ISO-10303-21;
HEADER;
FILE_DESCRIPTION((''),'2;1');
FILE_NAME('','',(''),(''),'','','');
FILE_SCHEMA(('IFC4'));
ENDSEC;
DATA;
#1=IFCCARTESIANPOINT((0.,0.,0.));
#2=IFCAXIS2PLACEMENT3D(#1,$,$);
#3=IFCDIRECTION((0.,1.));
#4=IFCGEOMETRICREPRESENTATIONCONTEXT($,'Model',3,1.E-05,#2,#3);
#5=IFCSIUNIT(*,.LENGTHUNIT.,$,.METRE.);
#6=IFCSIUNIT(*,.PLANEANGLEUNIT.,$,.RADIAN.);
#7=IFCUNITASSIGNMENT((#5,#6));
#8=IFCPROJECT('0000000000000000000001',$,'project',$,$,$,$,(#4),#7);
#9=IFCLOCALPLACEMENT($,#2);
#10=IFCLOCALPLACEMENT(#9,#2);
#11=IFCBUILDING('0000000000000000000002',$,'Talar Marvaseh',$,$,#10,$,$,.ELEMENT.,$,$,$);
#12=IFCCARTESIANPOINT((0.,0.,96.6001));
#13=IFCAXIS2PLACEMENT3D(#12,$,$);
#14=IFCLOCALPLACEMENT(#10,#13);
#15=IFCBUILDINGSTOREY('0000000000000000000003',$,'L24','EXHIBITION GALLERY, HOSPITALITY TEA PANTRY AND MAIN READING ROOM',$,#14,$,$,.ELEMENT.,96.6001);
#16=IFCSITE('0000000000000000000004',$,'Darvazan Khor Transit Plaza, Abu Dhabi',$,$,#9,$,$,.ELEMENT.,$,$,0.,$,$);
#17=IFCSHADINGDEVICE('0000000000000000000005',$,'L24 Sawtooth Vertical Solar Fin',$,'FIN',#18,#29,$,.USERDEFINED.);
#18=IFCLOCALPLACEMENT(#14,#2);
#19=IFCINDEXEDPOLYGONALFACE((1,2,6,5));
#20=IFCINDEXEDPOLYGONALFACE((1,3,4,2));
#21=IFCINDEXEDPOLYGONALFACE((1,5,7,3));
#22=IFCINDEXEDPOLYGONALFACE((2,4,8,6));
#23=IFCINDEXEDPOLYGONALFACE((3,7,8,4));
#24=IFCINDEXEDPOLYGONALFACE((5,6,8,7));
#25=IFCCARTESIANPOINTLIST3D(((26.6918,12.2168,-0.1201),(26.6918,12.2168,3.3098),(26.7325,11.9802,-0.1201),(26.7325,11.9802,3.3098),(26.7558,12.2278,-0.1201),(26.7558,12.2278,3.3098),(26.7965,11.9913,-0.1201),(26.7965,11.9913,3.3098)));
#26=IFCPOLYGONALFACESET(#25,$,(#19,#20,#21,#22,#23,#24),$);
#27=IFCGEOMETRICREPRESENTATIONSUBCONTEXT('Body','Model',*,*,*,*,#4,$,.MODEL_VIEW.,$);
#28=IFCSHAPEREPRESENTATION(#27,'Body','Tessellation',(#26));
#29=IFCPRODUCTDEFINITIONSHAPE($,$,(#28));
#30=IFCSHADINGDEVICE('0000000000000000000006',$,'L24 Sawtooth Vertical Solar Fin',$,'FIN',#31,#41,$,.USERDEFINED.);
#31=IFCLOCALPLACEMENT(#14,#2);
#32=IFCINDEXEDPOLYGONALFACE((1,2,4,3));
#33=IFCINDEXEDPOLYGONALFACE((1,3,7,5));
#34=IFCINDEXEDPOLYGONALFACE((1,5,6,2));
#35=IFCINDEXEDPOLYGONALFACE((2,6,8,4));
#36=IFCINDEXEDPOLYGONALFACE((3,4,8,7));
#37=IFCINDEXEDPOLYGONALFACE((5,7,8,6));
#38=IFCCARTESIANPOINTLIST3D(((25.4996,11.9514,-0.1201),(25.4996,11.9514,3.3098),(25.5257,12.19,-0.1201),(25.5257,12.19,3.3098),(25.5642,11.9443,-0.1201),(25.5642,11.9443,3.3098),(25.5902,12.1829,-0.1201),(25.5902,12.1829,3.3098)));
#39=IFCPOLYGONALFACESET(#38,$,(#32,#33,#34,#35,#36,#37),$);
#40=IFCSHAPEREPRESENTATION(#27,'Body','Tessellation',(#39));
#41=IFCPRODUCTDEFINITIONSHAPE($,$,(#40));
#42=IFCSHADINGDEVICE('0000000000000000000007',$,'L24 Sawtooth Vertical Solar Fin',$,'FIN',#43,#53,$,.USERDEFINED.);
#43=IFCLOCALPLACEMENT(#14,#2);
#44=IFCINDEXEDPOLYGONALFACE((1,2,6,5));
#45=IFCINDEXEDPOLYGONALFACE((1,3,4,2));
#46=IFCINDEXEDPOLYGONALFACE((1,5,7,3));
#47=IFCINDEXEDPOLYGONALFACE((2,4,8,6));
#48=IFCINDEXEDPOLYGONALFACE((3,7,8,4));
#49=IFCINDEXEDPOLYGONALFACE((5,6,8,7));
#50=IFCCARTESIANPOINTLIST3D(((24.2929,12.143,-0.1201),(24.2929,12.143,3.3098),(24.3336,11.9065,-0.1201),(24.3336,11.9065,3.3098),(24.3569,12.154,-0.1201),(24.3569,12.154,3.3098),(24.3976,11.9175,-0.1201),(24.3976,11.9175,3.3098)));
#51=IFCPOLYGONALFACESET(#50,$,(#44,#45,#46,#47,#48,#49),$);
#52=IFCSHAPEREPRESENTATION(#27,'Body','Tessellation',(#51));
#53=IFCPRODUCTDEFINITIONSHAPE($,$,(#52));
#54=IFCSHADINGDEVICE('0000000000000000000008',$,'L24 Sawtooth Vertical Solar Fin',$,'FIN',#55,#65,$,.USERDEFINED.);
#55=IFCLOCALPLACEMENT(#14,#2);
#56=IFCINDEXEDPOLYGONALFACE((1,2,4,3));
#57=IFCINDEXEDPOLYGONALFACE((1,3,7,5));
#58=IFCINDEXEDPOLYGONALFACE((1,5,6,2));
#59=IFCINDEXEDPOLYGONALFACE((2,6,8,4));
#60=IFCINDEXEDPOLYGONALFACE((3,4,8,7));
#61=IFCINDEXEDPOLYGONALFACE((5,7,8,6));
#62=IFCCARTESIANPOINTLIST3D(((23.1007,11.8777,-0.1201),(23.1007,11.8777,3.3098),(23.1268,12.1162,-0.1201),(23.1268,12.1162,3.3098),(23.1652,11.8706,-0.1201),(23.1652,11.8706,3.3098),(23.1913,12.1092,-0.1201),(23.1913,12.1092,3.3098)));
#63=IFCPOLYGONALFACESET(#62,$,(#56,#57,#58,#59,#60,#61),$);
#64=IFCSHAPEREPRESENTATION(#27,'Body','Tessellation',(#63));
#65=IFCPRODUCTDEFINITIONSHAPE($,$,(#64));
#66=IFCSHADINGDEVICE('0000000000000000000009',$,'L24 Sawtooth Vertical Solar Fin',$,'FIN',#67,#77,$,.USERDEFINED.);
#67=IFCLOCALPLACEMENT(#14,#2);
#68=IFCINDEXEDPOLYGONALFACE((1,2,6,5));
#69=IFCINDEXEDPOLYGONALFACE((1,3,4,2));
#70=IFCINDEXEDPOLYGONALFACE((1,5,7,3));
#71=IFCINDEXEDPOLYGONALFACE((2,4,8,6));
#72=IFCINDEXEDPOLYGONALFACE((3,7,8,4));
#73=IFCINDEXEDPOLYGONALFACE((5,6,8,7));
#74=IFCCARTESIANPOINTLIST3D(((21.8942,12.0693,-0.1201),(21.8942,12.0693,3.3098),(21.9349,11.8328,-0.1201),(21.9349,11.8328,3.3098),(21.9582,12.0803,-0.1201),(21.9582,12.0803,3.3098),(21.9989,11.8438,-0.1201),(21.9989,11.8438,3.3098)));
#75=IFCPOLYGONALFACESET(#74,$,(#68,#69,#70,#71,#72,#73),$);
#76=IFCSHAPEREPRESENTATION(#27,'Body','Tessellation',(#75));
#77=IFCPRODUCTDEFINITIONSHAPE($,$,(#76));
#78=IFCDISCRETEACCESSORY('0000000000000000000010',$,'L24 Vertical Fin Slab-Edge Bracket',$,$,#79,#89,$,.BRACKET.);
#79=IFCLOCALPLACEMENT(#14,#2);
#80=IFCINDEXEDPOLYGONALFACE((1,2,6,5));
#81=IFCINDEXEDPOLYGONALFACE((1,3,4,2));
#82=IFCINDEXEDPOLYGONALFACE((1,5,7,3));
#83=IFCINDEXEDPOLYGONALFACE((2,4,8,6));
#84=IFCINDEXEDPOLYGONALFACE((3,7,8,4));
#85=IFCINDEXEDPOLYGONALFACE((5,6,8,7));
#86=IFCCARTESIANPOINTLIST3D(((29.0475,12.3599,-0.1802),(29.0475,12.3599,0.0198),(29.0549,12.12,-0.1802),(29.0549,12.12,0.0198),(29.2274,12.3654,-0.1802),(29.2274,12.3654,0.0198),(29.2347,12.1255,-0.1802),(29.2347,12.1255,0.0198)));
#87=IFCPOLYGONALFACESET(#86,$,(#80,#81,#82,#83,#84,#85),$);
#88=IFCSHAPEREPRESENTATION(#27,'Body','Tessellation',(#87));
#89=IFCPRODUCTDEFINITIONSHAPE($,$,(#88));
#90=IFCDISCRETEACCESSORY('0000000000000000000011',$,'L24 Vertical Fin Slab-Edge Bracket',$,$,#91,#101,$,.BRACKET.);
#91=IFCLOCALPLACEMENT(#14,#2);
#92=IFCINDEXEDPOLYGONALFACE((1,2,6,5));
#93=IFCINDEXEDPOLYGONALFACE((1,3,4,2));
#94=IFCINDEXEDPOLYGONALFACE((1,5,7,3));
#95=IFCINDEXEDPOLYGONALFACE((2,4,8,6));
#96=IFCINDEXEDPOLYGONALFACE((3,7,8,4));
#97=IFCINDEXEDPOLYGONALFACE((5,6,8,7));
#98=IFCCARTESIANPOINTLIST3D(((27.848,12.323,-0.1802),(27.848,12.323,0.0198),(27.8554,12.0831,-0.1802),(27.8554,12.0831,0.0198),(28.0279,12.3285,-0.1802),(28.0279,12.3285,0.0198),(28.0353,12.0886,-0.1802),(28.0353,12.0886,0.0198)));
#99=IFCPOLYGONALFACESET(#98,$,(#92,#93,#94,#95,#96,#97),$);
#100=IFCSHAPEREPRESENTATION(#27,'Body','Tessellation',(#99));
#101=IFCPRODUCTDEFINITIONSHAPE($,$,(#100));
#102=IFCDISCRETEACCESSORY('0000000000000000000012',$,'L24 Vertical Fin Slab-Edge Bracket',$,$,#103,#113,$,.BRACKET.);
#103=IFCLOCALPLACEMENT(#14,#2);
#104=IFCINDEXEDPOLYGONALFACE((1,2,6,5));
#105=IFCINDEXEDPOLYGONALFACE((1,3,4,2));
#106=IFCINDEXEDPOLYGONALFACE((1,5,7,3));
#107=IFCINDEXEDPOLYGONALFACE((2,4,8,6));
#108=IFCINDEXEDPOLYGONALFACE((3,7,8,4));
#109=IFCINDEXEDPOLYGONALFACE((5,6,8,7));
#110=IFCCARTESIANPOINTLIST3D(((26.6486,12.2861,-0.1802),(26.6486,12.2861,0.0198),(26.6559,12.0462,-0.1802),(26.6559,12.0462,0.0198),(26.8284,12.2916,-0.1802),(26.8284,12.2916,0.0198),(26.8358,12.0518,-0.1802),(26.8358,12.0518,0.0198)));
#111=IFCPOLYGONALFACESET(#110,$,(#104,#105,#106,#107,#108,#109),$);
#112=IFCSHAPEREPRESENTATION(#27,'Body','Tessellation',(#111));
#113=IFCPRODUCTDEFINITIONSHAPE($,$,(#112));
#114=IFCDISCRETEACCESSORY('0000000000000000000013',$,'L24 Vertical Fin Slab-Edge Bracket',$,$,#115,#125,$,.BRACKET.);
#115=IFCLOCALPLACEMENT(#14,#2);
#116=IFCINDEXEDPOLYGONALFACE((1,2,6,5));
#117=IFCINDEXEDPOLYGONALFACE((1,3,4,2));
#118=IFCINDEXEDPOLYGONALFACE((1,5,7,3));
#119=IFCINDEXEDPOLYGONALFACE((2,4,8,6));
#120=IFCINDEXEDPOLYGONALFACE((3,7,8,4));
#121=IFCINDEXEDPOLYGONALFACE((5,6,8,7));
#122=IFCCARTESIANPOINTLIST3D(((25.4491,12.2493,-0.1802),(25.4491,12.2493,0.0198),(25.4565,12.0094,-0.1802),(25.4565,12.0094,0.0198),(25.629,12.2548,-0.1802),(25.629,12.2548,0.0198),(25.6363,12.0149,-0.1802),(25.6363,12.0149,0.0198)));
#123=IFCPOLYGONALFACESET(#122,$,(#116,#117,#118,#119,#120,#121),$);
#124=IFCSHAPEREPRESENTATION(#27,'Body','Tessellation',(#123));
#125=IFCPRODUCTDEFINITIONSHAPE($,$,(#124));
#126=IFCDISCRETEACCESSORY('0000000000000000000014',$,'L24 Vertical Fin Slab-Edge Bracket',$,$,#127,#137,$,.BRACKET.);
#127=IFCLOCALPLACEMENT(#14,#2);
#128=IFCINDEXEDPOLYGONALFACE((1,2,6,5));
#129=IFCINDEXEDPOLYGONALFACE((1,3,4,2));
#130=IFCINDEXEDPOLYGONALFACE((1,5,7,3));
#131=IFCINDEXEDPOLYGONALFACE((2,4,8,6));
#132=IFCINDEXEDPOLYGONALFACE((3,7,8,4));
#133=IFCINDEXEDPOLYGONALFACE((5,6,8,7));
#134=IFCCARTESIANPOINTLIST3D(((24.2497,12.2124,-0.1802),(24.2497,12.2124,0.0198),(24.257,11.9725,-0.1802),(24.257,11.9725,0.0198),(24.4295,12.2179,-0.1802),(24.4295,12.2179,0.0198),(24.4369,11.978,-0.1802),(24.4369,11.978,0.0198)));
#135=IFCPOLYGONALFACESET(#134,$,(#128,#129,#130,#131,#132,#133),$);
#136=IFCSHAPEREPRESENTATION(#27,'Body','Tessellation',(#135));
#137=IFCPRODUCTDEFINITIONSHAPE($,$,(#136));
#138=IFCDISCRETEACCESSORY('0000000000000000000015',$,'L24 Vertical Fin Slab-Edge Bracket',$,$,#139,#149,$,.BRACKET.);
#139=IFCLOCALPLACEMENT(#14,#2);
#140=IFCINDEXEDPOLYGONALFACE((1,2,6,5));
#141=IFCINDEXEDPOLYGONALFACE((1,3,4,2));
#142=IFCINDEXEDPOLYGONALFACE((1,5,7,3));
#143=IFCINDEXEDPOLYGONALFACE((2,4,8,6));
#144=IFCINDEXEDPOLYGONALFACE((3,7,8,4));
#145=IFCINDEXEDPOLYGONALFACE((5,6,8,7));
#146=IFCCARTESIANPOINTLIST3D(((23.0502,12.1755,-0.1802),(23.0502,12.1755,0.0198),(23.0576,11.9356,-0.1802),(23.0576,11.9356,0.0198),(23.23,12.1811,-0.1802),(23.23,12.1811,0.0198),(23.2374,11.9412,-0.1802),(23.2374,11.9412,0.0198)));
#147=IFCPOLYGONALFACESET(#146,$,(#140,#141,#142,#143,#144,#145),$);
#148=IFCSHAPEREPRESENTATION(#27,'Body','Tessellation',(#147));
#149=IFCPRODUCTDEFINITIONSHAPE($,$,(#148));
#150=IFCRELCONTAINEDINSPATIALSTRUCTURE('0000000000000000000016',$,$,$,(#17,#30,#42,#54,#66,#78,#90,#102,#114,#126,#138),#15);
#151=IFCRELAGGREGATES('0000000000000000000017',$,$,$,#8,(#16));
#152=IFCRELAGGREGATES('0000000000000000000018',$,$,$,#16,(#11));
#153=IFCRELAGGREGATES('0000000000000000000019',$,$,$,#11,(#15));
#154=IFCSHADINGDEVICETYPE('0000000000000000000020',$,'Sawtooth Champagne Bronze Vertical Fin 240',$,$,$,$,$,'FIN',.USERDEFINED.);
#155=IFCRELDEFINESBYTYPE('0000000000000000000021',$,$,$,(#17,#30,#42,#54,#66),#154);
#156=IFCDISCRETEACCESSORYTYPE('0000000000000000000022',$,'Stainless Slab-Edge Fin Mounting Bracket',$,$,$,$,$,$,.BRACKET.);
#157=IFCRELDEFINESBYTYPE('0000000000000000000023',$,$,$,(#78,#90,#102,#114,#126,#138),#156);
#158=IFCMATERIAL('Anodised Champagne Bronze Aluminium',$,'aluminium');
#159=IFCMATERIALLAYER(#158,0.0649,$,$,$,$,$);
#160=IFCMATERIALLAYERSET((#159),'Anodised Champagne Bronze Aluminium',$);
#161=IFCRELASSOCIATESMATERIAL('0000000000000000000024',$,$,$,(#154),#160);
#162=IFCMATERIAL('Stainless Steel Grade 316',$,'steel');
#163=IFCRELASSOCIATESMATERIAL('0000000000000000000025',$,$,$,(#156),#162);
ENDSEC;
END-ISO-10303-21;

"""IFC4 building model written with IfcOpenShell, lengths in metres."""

from ifc_helpers import new_model, si_unit, direction, frame, origin, origin_2d, place, context, subcontext, project, spatial, rectangle, extrude, source, transform, mapped, material, layer, layer_set, type_object, type_shapes, element, save


model = new_model("IFC4")

# Units and contexts
model_context = context("Model", 3, precision=1e-05, world=origin(), true_north=direction((0.0, 1.0)))
body_context = subcontext(model_context, "Body", "Model", "MODEL_VIEW")
ifc_project = project(units=[si_unit("LENGTHUNIT", "METRE"), si_unit("PLANEANGLEUNIT", "RADIAN")], contexts=[model_context])

# Site, building, storey
site_placement = place(None, origin())
site = spatial("IfcSite", under=ifc_project, at=site_placement, Name="Darvazan Khor Transit Plaza, Abu Dhabi", CompositionType="ELEMENT", RefElevation=0.0)
building_placement = place(site_placement, origin())
building = spatial("IfcBuilding", under=site, at=building_placement, Name="Talar Marvaseh", CompositionType="ELEMENT")
storey_placement = place(building_placement, frame((0.0, 0.0, 96.6001)))
storey = spatial("IfcBuildingStorey", under=building, at=storey_placement, Name="L24", Description="EXHIBITION GALLERY, HOSPITALITY TEA PANTRY AND MAIN READING ROOM", CompositionType="ELEMENT", Elevation=96.6001)

# Shading devices
ifc_material_1 = material(Name="Anodised Champagne Bronze Aluminium", Category="aluminium")
ifc_layer_1 = layer(ifc_material_1, 0.0649)
ifc_layer_set_1 = layer_set([ifc_layer_1], Name="Anodised Champagne Bronze Aluminium")
shading_device_type = type_object("IfcShadingDeviceType", Name="Sawtooth Champagne Bronze Vertical Fin 240", ElementType="FIN", PredefinedType="USERDEFINED", material=ifc_layer_set_1)
shared_shape_1 = source(origin(), body_context, "Body", "SweptSolid", [
    extrude(rectangle(XDim=0.24, YDim=0.0649, at=origin_2d()), origin(), (0.0, 0.0, 1.0), 3.4299),
])
type_shapes(shading_device_type, [shared_shape_1])
for number, where, z_axis, x_axis, name in (
    (1, (26.7441, 12.104, -0.1201), (0.0, 0.0, 1.0), (0.169522, -0.985526, 0.0), "L24 Sawtooth Vertical Solar Fin"),
    (2, (25.5449, 12.0671, -0.1201), (0.0, 0.0, 1.0), (-0.108693, -0.994075, 0.0), "L24 Sawtooth Vertical Solar Fin"),
    (3, (24.3452, 12.0303, -0.1201), (0.0, 0.0, 1.0), (0.169522, -0.985526, 0.0), "L24 Sawtooth Vertical Solar Fin"),
    (4, (23.146, 11.9934, -0.1201), (0.0, 0.0, 1.0), (-0.108693, -0.994075, 0.0), "L24 Sawtooth Vertical Solar Fin"),
    (5, (21.9465, 11.9565, -0.1201), (0.0, 0.0, 1.0), (0.169522, -0.985526, 0.0), "L24 Sawtooth Vertical Solar Fin"),
):
    element("IfcShadingDevice", number, at=place(storey_placement, frame(where, z_axis=z_axis, x_axis=x_axis)), inside=storey, type_object=shading_device_type, Name=name, ObjectType="FIN", PredefinedType="USERDEFINED", context=body_context, shape_type="MappedRepresentation", body=[
        mapped(shared_shape_1, transform((0.0, 0.0, 0.0), x_axis=(1.0, 0.0, 0.0), y_axis=(0.0, 1.0, 0.0), z_axis=(0.0, 0.0, 1.0), scale=1.0)),
    ])

# Discrete accessories
ifc_material_2 = material(Name="Stainless Steel Grade 316", Category="steel")
discrete_accessory_type = type_object("IfcDiscreteAccessoryType", Name="Stainless Slab-Edge Fin Mounting Bracket", PredefinedType="BRACKET", material=ifc_material_2)
shared_shape_2 = source(origin(), body_context, "Body", "SweptSolid", [
    extrude(rectangle(XDim=0.24, YDim=0.1799, at=origin_2d()), origin(), (0.0, 0.0, 1.0), 0.2),
])
type_shapes(discrete_accessory_type, [shared_shape_2])
for number, where, z_axis, x_axis, name in (
    (6, (29.1411, 12.2427, -0.1802), (0.0, 0.0, 1.0), (0.030713, -0.999528, 0.0), "L24 Vertical Fin Slab-Edge Bracket"),
    (7, (27.9417, 12.2058, -0.1802), (0.0, 0.0, 1.0), (0.030713, -0.999528, 0.0), "L24 Vertical Fin Slab-Edge Bracket"),
    (8, (26.7422, 12.1689, -0.1802), (0.0, 0.0, 1.0), (0.030713, -0.999528, 0.0), "L24 Vertical Fin Slab-Edge Bracket"),
    (9, (25.5427, 12.1321, -0.1802), (0.0, 0.0, 1.0), (0.030713, -0.999528, 0.0), "L24 Vertical Fin Slab-Edge Bracket"),
    (10, (24.3433, 12.0952, -0.1802), (0.0, 0.0, 1.0), (0.030713, -0.999528, 0.0), "L24 Vertical Fin Slab-Edge Bracket"),
    (11, (23.1438, 12.0583, -0.1802), (0.0, 0.0, 1.0), (0.030713, -0.999528, 0.0), "L24 Vertical Fin Slab-Edge Bracket"),
):
    element("IfcDiscreteAccessory", number, at=place(storey_placement, frame(where, z_axis=z_axis, x_axis=x_axis)), inside=storey, type_object=discrete_accessory_type, Name=name, PredefinedType="BRACKET", context=body_context, shape_type="MappedRepresentation", body=[
        mapped(shared_shape_2, transform((0.0, 0.0, 0.0), x_axis=(1.0, 0.0, 0.0), y_axis=(0.0, 1.0, 0.0), z_axis=(0.0, 0.0, 1.0), scale=1.0)),
    ])

save(model, "model.ifc")
